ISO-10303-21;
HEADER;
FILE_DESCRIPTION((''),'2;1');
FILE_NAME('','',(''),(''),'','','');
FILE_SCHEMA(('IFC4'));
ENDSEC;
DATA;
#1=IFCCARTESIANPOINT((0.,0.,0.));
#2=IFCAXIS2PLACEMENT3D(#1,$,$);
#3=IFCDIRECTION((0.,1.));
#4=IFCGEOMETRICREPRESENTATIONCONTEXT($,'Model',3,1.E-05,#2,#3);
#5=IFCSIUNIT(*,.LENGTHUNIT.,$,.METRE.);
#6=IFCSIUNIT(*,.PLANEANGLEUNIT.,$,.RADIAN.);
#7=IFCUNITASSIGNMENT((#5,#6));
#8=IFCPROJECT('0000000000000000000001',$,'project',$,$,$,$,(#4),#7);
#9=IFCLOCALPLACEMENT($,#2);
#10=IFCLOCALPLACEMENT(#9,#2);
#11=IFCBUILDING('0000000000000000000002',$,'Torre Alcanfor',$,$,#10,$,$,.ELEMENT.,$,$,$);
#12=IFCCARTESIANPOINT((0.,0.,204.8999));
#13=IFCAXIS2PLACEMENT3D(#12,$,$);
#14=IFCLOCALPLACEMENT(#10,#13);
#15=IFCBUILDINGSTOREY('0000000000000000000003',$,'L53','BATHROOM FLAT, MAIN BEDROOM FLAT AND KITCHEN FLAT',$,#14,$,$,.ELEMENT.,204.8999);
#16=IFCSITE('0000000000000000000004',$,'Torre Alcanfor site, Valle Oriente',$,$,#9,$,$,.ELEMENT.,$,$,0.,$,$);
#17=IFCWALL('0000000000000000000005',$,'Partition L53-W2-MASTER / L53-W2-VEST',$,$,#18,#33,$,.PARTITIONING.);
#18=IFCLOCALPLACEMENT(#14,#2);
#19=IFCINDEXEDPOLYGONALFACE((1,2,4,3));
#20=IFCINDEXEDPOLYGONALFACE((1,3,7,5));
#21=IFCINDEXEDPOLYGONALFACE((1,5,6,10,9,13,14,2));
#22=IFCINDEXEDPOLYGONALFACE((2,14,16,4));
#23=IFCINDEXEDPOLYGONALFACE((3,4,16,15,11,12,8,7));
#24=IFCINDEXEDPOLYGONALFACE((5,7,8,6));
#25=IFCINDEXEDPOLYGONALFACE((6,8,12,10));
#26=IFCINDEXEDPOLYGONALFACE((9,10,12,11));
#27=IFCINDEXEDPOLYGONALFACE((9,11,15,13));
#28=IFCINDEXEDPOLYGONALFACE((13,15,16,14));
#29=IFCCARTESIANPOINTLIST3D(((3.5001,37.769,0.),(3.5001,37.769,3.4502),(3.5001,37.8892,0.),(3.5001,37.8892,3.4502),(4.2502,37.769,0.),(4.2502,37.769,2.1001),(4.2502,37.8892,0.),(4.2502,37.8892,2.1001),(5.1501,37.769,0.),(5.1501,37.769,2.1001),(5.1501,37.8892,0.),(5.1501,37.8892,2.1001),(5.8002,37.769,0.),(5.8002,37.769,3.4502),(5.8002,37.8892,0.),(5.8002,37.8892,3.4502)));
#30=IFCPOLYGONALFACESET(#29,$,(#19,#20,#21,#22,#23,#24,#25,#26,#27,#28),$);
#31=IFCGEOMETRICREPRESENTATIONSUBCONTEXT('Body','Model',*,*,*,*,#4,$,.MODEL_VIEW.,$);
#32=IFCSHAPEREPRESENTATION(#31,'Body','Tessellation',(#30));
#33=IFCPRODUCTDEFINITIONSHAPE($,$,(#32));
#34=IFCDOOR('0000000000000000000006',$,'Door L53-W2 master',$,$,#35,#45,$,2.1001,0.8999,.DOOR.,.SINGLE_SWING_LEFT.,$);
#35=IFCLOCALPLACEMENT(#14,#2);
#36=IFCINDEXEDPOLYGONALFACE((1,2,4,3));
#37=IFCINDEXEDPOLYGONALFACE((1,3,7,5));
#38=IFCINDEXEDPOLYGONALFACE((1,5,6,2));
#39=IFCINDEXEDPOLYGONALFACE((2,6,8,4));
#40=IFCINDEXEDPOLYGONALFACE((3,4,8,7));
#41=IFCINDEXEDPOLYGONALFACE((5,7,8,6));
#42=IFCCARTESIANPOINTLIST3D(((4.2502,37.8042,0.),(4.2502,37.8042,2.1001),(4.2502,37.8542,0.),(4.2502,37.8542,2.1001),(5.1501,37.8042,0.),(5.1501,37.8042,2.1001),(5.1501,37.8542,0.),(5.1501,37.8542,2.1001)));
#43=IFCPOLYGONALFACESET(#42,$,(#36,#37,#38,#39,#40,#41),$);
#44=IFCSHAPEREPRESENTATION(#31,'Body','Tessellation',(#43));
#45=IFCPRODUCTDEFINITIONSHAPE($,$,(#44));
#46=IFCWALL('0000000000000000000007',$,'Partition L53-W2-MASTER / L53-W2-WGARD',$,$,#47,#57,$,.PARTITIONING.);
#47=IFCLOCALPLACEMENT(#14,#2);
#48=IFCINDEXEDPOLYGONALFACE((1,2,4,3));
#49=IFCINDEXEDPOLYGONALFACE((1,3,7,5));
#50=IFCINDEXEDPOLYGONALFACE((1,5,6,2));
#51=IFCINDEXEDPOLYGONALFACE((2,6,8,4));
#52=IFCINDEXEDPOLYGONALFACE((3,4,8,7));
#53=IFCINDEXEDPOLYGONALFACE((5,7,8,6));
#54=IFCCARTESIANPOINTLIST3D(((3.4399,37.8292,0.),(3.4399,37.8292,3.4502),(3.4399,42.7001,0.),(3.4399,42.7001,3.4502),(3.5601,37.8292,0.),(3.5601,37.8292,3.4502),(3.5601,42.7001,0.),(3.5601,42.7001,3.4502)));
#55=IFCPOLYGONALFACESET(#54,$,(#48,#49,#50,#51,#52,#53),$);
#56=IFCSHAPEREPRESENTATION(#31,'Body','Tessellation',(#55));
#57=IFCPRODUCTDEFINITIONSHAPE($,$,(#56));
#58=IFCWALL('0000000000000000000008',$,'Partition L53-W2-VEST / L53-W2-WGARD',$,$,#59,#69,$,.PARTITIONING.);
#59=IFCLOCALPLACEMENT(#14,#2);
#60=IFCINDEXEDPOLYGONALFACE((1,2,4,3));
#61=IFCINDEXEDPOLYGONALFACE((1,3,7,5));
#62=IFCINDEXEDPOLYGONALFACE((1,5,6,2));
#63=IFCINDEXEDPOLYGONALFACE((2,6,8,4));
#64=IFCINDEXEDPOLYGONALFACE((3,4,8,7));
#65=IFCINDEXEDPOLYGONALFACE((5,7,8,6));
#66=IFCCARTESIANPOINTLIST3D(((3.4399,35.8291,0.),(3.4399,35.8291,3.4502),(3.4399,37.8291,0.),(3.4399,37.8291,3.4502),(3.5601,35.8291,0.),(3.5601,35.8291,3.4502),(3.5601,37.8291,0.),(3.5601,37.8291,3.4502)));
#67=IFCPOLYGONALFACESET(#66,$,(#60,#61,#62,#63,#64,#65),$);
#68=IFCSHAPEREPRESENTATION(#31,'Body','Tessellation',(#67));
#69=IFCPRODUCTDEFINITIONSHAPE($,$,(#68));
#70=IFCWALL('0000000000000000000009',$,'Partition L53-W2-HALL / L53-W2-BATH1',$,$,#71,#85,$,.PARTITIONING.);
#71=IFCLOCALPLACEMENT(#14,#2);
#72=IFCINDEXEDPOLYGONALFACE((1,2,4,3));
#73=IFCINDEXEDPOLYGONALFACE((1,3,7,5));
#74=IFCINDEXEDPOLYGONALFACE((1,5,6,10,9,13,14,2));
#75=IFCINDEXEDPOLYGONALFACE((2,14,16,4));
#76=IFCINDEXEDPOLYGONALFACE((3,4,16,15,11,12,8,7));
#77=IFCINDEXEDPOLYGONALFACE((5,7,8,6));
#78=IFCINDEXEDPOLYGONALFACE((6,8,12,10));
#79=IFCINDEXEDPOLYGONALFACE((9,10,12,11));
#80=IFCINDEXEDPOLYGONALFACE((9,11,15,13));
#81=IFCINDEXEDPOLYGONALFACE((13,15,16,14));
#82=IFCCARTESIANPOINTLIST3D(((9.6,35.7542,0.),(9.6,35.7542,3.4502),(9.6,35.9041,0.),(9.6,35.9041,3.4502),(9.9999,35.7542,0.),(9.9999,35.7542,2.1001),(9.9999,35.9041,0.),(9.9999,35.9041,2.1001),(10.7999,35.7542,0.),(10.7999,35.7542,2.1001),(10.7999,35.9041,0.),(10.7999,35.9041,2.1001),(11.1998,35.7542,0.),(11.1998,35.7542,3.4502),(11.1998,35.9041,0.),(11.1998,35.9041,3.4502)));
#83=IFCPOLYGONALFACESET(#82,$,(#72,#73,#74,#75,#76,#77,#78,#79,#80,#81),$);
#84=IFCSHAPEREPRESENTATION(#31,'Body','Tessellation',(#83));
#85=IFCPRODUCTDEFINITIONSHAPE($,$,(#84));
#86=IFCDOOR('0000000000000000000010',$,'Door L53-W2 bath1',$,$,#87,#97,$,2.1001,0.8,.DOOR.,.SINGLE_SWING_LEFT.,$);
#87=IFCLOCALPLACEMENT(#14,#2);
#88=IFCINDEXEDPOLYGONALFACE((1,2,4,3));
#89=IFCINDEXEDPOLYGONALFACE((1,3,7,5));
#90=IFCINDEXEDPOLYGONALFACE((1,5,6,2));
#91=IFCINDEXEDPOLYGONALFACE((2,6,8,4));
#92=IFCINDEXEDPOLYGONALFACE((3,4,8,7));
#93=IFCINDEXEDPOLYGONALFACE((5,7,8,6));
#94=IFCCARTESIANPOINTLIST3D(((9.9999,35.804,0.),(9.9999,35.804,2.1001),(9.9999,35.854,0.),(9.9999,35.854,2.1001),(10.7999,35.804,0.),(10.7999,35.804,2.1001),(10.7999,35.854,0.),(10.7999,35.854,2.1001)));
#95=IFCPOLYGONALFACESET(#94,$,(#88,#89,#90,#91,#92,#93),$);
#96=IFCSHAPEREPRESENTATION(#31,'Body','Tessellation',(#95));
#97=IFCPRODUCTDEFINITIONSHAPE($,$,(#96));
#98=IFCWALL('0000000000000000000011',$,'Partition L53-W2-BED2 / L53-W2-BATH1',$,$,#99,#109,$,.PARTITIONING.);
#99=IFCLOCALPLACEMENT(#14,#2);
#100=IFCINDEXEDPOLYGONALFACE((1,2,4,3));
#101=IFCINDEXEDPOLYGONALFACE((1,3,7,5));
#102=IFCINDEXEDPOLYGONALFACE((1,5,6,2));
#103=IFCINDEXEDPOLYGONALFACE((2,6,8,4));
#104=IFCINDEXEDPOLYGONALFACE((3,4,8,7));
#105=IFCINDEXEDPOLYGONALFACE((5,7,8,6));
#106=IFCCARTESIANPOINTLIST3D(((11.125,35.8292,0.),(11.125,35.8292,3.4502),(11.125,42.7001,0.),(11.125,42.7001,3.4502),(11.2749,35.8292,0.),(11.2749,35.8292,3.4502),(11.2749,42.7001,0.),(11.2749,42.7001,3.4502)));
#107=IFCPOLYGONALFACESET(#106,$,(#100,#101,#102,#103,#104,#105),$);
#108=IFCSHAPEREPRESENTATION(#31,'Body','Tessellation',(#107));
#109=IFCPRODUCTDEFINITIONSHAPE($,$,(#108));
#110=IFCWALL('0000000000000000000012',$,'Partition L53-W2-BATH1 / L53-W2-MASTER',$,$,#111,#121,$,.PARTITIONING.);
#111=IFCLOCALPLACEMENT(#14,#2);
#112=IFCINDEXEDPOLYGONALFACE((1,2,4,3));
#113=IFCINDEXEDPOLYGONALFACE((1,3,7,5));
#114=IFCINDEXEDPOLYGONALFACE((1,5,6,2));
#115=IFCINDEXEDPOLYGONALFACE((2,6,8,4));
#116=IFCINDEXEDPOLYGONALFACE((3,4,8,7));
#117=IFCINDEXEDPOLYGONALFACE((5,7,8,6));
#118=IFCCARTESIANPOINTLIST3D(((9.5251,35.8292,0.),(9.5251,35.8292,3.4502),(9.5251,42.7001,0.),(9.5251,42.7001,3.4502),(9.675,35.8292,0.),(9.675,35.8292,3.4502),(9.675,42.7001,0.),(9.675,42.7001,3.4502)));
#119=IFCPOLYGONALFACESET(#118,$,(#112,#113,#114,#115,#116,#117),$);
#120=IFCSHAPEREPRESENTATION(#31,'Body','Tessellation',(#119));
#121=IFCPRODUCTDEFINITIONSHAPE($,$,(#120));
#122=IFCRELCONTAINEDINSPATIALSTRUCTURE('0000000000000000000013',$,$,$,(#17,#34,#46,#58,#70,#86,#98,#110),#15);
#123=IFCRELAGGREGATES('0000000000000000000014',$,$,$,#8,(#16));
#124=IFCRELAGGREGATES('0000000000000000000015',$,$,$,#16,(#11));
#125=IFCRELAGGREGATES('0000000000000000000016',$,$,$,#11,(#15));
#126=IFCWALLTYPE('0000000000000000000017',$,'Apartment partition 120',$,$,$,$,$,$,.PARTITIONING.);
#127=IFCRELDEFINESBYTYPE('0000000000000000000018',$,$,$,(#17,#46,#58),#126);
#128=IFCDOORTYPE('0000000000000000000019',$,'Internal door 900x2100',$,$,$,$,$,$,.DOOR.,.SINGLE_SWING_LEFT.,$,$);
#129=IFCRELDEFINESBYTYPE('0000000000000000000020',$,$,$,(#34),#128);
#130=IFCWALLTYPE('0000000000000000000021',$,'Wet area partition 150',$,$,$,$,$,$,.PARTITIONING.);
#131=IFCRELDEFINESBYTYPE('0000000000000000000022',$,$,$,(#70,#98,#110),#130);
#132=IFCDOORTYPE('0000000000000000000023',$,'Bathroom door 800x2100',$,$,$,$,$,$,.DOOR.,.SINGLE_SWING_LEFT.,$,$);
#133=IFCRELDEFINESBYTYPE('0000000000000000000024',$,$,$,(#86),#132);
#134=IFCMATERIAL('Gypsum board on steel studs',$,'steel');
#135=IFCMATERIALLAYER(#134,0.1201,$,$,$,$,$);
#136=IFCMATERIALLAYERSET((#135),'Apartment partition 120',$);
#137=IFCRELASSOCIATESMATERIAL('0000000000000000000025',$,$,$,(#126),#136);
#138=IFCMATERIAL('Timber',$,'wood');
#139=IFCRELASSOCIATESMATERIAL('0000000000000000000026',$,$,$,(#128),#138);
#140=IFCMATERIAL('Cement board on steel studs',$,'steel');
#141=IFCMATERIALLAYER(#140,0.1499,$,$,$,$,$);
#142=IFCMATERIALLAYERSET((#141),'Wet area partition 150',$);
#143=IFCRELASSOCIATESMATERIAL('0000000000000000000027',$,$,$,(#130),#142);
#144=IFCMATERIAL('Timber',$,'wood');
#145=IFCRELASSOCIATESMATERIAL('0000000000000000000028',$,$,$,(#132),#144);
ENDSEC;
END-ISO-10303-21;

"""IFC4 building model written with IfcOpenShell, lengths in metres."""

from ifc_helpers import new_model, si_unit, direction, frame, frame_2d, origin, place, context, subcontext, project, spatial, rectangle, extrude, material, layer, layer_set, type_object, element, fill, save


model = new_model("IFC4")

# Units and contexts
model_context = context("Model", 3, precision=1e-05, world=origin(), true_north=direction((0.0, 1.0)))
body_context = subcontext(model_context, "Body", "Model", "MODEL_VIEW")
ifc_project = project(units=[si_unit("LENGTHUNIT", "METRE"), si_unit("PLANEANGLEUNIT", "RADIAN")], contexts=[model_context])

# Site, building, storey
site_placement = place(None, origin())
site = spatial("IfcSite", under=ifc_project, at=site_placement, Name="Torre Alcanfor site, Valle Oriente", CompositionType="ELEMENT", RefElevation=0.0)
building_placement = place(site_placement, origin())
building = spatial("IfcBuilding", under=site, at=building_placement, Name="Torre Alcanfor", CompositionType="ELEMENT")
storey_placement = place(building_placement, frame((0.0, 0.0, 204.8999)))
storey = spatial("IfcBuildingStorey", under=building, at=storey_placement, Name="L53", Description="BATHROOM FLAT, MAIN BEDROOM FLAT AND KITCHEN FLAT", CompositionType="ELEMENT", Elevation=204.8999)

# Shared definitions
ifc_material_1 = material(Name="Gypsum board on steel studs", Category="steel")
ifc_layer_1 = layer(ifc_material_1, 0.1201)
ifc_layer_set_1 = layer_set([ifc_layer_1], Name="Apartment partition 120")
wall_type_1 = type_object("IfcWallType", Name="Apartment partition 120", PredefinedType="PARTITIONING", material=ifc_layer_set_1)
ifc_material_2 = material(Name="Timber", Category="wood")
door_type_1 = type_object("IfcDoorType", Name="Internal door 900x2100", OperationType="SINGLE_SWING_LEFT", PredefinedType="DOOR", material=ifc_material_2)

# Wall, opening, door
wall_1_placement = place(storey_placement, frame((5.8, 37.8291, 0.0), z_axis=(0.0, 0.0, 1.0), x_axis=(-1.0, 0.0, 0.0)))
wall_1 = element("IfcWall", 1, at=wall_1_placement, inside=storey, type_object=wall_type_1, Name="Partition L53-W2-MASTER / L53-W2-VEST", PredefinedType="PARTITIONING", context=body_context, shape_type="SweptSolid", body=[
    extrude(rectangle(XDim=2.3, YDim=0.1201, at=frame_2d((1.1499, 0.0))), origin(), (0.0, 0.0, 1.0), 3.4502),
])
opening_1_placement = place(wall_1_placement, frame((0.6499, 0.0, 0.0)))
opening_1 = element("IfcOpeningElement", 2, at=opening_1_placement, cuts=wall_1, PredefinedType="OPENING", context=body_context, shape_type="SweptSolid", body=[
    extrude(rectangle(XDim=0.8999, YDim=2.1001, at=frame_2d((0.45, 1.05))), frame((0.0, 0.0701, 0.0), z_axis=(0.0, -1.0, 0.0), x_axis=(1.0, 0.0, 0.0)), (0.0, 0.0, 1.0), 0.1401),
])
door_1_placement = place(opening_1_placement, origin())
door_1 = element("IfcDoor", 3, at=door_1_placement, inside=storey, type_object=door_type_1, Name="Door L53-W2 master", OperationType="SINGLE_SWING_LEFT", OverallHeight=2.1001, OverallWidth=0.8999, PredefinedType="DOOR", context=body_context, shape_type="SweptSolid", body=[
    extrude(rectangle(XDim=0.8999, YDim=2.1001, at=frame_2d((0.45, 1.05))), frame((0.0, 0.0249, 0.0), z_axis=(0.0, -1.0, 0.0), x_axis=(1.0, 0.0, 0.0)), (0.0, 0.0, 1.0), 0.05),
])
fill(opening_1, door_1)

# Walls
wall_2_placement = place(storey_placement, frame((3.5, 37.8291, 0.0), z_axis=(0.0, 0.0, 1.0), x_axis=(0.0, 1.0, 0.0)))
element("IfcWall", 4, at=wall_2_placement, inside=storey, type_object=wall_type_1, Name="Partition L53-W2-MASTER / L53-W2-WGARD", PredefinedType="PARTITIONING", context=body_context, shape_type="SweptSolid", body=[
    extrude(rectangle(XDim=4.8708, YDim=0.1201, at=frame_2d((2.4355, 0.0))), origin(), (0.0, 0.0, 1.0), 3.4502),
])
wall_3_placement = place(storey_placement, frame((3.5, 35.8291, 0.0), z_axis=(0.0, 0.0, 1.0), x_axis=(0.0, 1.0, 0.0)))
element("IfcWall", 5, at=wall_3_placement, inside=storey, type_object=wall_type_1, Name="Partition L53-W2-VEST / L53-W2-WGARD", PredefinedType="PARTITIONING", context=body_context, shape_type="SweptSolid", body=[
    extrude(rectangle(XDim=2.0, YDim=0.1201, at=frame_2d((1.0, 0.0))), origin(), (0.0, 0.0, 1.0), 3.4502),
])

# Wall, opening, door
ifc_material_3 = material(Name="Cement board on steel studs", Category="steel")
ifc_layer_2 = layer(ifc_material_3, 0.1499)
ifc_layer_set_2 = layer_set([ifc_layer_2], Name="Wet area partition 150")
wall_type_2 = type_object("IfcWallType", Name="Wet area partition 150", PredefinedType="PARTITIONING", material=ifc_layer_set_2)
wall_4_placement = place(storey_placement, frame((9.6001, 35.8291, 0.0), z_axis=(0.0, 0.0, 1.0), x_axis=(1.0, 0.0, 0.0)))
wall_4 = element("IfcWall", 6, at=wall_4_placement, inside=storey, type_object=wall_type_2, Name="Partition L53-W2-HALL / L53-W2-BATH1", PredefinedType="PARTITIONING", context=body_context, shape_type="SweptSolid", body=[
    extrude(rectangle(XDim=1.5999, YDim=0.1499, at=frame_2d((0.7998, 0.0))), origin(), (0.0, 0.0, 1.0), 3.4502),
])
opening_2_placement = place(wall_4_placement, frame((0.3999, 0.0, 0.0)))
opening_2 = element("IfcOpeningElement", 7, at=opening_2_placement, cuts=wall_4, PredefinedType="OPENING", context=body_context, shape_type="SweptSolid", body=[
    extrude(rectangle(XDim=0.8, YDim=2.1001, at=frame_2d((0.3999, 1.05))), frame((0.0, 0.085, 0.0), z_axis=(0.0, -1.0, 0.0), x_axis=(1.0, 0.0, 0.0)), (0.0, 0.0, 1.0), 0.1699),
])
ifc_material_4 = material(Name="Timber", Category="wood")
door_type_2 = type_object("IfcDoorType", Name="Bathroom door 800x2100", OperationType="SINGLE_SWING_LEFT", PredefinedType="DOOR", material=ifc_material_4)
door_2_placement = place(opening_2_placement, origin())
door_2 = element("IfcDoor", 8, at=door_2_placement, inside=storey, type_object=door_type_2, Name="Door L53-W2 bath1", OperationType="SINGLE_SWING_LEFT", OverallHeight=2.1001, OverallWidth=0.8, PredefinedType="DOOR", context=body_context, shape_type="SweptSolid", body=[
    extrude(rectangle(XDim=0.8, YDim=2.1001, at=frame_2d((0.3999, 1.05))), frame((0.0, 0.0249, 0.0), z_axis=(0.0, -1.0, 0.0), x_axis=(1.0, 0.0, 0.0)), (0.0, 0.0, 1.0), 0.05),
])
fill(opening_2, door_2)

# Walls
for number, where, z_axis, x_axis, name in (
    (9, (11.2, 35.8291, 0.0), (0.0, 0.0, 1.0), (0.0, 1.0, 0.0), "Partition L53-W2-BED2 / L53-W2-BATH1"),
    (10, (9.6001, 35.8291, 0.0), (0.0, 0.0, 1.0), (0.0, 1.0, 0.0), "Partition L53-W2-BATH1 / L53-W2-MASTER"),
):
    element("IfcWall", number, at=place(storey_placement, frame(where, z_axis=z_axis, x_axis=x_axis)), inside=storey, type_object=wall_type_2, Name=name, PredefinedType="PARTITIONING", context=body_context, shape_type="SweptSolid", body=[
        extrude(rectangle(XDim=6.8708, YDim=0.1499, at=frame_2d((3.4355, 0.0))), origin(), (0.0, 0.0, 1.0), 3.4502),
    ])

save(model, "model.ifc")
